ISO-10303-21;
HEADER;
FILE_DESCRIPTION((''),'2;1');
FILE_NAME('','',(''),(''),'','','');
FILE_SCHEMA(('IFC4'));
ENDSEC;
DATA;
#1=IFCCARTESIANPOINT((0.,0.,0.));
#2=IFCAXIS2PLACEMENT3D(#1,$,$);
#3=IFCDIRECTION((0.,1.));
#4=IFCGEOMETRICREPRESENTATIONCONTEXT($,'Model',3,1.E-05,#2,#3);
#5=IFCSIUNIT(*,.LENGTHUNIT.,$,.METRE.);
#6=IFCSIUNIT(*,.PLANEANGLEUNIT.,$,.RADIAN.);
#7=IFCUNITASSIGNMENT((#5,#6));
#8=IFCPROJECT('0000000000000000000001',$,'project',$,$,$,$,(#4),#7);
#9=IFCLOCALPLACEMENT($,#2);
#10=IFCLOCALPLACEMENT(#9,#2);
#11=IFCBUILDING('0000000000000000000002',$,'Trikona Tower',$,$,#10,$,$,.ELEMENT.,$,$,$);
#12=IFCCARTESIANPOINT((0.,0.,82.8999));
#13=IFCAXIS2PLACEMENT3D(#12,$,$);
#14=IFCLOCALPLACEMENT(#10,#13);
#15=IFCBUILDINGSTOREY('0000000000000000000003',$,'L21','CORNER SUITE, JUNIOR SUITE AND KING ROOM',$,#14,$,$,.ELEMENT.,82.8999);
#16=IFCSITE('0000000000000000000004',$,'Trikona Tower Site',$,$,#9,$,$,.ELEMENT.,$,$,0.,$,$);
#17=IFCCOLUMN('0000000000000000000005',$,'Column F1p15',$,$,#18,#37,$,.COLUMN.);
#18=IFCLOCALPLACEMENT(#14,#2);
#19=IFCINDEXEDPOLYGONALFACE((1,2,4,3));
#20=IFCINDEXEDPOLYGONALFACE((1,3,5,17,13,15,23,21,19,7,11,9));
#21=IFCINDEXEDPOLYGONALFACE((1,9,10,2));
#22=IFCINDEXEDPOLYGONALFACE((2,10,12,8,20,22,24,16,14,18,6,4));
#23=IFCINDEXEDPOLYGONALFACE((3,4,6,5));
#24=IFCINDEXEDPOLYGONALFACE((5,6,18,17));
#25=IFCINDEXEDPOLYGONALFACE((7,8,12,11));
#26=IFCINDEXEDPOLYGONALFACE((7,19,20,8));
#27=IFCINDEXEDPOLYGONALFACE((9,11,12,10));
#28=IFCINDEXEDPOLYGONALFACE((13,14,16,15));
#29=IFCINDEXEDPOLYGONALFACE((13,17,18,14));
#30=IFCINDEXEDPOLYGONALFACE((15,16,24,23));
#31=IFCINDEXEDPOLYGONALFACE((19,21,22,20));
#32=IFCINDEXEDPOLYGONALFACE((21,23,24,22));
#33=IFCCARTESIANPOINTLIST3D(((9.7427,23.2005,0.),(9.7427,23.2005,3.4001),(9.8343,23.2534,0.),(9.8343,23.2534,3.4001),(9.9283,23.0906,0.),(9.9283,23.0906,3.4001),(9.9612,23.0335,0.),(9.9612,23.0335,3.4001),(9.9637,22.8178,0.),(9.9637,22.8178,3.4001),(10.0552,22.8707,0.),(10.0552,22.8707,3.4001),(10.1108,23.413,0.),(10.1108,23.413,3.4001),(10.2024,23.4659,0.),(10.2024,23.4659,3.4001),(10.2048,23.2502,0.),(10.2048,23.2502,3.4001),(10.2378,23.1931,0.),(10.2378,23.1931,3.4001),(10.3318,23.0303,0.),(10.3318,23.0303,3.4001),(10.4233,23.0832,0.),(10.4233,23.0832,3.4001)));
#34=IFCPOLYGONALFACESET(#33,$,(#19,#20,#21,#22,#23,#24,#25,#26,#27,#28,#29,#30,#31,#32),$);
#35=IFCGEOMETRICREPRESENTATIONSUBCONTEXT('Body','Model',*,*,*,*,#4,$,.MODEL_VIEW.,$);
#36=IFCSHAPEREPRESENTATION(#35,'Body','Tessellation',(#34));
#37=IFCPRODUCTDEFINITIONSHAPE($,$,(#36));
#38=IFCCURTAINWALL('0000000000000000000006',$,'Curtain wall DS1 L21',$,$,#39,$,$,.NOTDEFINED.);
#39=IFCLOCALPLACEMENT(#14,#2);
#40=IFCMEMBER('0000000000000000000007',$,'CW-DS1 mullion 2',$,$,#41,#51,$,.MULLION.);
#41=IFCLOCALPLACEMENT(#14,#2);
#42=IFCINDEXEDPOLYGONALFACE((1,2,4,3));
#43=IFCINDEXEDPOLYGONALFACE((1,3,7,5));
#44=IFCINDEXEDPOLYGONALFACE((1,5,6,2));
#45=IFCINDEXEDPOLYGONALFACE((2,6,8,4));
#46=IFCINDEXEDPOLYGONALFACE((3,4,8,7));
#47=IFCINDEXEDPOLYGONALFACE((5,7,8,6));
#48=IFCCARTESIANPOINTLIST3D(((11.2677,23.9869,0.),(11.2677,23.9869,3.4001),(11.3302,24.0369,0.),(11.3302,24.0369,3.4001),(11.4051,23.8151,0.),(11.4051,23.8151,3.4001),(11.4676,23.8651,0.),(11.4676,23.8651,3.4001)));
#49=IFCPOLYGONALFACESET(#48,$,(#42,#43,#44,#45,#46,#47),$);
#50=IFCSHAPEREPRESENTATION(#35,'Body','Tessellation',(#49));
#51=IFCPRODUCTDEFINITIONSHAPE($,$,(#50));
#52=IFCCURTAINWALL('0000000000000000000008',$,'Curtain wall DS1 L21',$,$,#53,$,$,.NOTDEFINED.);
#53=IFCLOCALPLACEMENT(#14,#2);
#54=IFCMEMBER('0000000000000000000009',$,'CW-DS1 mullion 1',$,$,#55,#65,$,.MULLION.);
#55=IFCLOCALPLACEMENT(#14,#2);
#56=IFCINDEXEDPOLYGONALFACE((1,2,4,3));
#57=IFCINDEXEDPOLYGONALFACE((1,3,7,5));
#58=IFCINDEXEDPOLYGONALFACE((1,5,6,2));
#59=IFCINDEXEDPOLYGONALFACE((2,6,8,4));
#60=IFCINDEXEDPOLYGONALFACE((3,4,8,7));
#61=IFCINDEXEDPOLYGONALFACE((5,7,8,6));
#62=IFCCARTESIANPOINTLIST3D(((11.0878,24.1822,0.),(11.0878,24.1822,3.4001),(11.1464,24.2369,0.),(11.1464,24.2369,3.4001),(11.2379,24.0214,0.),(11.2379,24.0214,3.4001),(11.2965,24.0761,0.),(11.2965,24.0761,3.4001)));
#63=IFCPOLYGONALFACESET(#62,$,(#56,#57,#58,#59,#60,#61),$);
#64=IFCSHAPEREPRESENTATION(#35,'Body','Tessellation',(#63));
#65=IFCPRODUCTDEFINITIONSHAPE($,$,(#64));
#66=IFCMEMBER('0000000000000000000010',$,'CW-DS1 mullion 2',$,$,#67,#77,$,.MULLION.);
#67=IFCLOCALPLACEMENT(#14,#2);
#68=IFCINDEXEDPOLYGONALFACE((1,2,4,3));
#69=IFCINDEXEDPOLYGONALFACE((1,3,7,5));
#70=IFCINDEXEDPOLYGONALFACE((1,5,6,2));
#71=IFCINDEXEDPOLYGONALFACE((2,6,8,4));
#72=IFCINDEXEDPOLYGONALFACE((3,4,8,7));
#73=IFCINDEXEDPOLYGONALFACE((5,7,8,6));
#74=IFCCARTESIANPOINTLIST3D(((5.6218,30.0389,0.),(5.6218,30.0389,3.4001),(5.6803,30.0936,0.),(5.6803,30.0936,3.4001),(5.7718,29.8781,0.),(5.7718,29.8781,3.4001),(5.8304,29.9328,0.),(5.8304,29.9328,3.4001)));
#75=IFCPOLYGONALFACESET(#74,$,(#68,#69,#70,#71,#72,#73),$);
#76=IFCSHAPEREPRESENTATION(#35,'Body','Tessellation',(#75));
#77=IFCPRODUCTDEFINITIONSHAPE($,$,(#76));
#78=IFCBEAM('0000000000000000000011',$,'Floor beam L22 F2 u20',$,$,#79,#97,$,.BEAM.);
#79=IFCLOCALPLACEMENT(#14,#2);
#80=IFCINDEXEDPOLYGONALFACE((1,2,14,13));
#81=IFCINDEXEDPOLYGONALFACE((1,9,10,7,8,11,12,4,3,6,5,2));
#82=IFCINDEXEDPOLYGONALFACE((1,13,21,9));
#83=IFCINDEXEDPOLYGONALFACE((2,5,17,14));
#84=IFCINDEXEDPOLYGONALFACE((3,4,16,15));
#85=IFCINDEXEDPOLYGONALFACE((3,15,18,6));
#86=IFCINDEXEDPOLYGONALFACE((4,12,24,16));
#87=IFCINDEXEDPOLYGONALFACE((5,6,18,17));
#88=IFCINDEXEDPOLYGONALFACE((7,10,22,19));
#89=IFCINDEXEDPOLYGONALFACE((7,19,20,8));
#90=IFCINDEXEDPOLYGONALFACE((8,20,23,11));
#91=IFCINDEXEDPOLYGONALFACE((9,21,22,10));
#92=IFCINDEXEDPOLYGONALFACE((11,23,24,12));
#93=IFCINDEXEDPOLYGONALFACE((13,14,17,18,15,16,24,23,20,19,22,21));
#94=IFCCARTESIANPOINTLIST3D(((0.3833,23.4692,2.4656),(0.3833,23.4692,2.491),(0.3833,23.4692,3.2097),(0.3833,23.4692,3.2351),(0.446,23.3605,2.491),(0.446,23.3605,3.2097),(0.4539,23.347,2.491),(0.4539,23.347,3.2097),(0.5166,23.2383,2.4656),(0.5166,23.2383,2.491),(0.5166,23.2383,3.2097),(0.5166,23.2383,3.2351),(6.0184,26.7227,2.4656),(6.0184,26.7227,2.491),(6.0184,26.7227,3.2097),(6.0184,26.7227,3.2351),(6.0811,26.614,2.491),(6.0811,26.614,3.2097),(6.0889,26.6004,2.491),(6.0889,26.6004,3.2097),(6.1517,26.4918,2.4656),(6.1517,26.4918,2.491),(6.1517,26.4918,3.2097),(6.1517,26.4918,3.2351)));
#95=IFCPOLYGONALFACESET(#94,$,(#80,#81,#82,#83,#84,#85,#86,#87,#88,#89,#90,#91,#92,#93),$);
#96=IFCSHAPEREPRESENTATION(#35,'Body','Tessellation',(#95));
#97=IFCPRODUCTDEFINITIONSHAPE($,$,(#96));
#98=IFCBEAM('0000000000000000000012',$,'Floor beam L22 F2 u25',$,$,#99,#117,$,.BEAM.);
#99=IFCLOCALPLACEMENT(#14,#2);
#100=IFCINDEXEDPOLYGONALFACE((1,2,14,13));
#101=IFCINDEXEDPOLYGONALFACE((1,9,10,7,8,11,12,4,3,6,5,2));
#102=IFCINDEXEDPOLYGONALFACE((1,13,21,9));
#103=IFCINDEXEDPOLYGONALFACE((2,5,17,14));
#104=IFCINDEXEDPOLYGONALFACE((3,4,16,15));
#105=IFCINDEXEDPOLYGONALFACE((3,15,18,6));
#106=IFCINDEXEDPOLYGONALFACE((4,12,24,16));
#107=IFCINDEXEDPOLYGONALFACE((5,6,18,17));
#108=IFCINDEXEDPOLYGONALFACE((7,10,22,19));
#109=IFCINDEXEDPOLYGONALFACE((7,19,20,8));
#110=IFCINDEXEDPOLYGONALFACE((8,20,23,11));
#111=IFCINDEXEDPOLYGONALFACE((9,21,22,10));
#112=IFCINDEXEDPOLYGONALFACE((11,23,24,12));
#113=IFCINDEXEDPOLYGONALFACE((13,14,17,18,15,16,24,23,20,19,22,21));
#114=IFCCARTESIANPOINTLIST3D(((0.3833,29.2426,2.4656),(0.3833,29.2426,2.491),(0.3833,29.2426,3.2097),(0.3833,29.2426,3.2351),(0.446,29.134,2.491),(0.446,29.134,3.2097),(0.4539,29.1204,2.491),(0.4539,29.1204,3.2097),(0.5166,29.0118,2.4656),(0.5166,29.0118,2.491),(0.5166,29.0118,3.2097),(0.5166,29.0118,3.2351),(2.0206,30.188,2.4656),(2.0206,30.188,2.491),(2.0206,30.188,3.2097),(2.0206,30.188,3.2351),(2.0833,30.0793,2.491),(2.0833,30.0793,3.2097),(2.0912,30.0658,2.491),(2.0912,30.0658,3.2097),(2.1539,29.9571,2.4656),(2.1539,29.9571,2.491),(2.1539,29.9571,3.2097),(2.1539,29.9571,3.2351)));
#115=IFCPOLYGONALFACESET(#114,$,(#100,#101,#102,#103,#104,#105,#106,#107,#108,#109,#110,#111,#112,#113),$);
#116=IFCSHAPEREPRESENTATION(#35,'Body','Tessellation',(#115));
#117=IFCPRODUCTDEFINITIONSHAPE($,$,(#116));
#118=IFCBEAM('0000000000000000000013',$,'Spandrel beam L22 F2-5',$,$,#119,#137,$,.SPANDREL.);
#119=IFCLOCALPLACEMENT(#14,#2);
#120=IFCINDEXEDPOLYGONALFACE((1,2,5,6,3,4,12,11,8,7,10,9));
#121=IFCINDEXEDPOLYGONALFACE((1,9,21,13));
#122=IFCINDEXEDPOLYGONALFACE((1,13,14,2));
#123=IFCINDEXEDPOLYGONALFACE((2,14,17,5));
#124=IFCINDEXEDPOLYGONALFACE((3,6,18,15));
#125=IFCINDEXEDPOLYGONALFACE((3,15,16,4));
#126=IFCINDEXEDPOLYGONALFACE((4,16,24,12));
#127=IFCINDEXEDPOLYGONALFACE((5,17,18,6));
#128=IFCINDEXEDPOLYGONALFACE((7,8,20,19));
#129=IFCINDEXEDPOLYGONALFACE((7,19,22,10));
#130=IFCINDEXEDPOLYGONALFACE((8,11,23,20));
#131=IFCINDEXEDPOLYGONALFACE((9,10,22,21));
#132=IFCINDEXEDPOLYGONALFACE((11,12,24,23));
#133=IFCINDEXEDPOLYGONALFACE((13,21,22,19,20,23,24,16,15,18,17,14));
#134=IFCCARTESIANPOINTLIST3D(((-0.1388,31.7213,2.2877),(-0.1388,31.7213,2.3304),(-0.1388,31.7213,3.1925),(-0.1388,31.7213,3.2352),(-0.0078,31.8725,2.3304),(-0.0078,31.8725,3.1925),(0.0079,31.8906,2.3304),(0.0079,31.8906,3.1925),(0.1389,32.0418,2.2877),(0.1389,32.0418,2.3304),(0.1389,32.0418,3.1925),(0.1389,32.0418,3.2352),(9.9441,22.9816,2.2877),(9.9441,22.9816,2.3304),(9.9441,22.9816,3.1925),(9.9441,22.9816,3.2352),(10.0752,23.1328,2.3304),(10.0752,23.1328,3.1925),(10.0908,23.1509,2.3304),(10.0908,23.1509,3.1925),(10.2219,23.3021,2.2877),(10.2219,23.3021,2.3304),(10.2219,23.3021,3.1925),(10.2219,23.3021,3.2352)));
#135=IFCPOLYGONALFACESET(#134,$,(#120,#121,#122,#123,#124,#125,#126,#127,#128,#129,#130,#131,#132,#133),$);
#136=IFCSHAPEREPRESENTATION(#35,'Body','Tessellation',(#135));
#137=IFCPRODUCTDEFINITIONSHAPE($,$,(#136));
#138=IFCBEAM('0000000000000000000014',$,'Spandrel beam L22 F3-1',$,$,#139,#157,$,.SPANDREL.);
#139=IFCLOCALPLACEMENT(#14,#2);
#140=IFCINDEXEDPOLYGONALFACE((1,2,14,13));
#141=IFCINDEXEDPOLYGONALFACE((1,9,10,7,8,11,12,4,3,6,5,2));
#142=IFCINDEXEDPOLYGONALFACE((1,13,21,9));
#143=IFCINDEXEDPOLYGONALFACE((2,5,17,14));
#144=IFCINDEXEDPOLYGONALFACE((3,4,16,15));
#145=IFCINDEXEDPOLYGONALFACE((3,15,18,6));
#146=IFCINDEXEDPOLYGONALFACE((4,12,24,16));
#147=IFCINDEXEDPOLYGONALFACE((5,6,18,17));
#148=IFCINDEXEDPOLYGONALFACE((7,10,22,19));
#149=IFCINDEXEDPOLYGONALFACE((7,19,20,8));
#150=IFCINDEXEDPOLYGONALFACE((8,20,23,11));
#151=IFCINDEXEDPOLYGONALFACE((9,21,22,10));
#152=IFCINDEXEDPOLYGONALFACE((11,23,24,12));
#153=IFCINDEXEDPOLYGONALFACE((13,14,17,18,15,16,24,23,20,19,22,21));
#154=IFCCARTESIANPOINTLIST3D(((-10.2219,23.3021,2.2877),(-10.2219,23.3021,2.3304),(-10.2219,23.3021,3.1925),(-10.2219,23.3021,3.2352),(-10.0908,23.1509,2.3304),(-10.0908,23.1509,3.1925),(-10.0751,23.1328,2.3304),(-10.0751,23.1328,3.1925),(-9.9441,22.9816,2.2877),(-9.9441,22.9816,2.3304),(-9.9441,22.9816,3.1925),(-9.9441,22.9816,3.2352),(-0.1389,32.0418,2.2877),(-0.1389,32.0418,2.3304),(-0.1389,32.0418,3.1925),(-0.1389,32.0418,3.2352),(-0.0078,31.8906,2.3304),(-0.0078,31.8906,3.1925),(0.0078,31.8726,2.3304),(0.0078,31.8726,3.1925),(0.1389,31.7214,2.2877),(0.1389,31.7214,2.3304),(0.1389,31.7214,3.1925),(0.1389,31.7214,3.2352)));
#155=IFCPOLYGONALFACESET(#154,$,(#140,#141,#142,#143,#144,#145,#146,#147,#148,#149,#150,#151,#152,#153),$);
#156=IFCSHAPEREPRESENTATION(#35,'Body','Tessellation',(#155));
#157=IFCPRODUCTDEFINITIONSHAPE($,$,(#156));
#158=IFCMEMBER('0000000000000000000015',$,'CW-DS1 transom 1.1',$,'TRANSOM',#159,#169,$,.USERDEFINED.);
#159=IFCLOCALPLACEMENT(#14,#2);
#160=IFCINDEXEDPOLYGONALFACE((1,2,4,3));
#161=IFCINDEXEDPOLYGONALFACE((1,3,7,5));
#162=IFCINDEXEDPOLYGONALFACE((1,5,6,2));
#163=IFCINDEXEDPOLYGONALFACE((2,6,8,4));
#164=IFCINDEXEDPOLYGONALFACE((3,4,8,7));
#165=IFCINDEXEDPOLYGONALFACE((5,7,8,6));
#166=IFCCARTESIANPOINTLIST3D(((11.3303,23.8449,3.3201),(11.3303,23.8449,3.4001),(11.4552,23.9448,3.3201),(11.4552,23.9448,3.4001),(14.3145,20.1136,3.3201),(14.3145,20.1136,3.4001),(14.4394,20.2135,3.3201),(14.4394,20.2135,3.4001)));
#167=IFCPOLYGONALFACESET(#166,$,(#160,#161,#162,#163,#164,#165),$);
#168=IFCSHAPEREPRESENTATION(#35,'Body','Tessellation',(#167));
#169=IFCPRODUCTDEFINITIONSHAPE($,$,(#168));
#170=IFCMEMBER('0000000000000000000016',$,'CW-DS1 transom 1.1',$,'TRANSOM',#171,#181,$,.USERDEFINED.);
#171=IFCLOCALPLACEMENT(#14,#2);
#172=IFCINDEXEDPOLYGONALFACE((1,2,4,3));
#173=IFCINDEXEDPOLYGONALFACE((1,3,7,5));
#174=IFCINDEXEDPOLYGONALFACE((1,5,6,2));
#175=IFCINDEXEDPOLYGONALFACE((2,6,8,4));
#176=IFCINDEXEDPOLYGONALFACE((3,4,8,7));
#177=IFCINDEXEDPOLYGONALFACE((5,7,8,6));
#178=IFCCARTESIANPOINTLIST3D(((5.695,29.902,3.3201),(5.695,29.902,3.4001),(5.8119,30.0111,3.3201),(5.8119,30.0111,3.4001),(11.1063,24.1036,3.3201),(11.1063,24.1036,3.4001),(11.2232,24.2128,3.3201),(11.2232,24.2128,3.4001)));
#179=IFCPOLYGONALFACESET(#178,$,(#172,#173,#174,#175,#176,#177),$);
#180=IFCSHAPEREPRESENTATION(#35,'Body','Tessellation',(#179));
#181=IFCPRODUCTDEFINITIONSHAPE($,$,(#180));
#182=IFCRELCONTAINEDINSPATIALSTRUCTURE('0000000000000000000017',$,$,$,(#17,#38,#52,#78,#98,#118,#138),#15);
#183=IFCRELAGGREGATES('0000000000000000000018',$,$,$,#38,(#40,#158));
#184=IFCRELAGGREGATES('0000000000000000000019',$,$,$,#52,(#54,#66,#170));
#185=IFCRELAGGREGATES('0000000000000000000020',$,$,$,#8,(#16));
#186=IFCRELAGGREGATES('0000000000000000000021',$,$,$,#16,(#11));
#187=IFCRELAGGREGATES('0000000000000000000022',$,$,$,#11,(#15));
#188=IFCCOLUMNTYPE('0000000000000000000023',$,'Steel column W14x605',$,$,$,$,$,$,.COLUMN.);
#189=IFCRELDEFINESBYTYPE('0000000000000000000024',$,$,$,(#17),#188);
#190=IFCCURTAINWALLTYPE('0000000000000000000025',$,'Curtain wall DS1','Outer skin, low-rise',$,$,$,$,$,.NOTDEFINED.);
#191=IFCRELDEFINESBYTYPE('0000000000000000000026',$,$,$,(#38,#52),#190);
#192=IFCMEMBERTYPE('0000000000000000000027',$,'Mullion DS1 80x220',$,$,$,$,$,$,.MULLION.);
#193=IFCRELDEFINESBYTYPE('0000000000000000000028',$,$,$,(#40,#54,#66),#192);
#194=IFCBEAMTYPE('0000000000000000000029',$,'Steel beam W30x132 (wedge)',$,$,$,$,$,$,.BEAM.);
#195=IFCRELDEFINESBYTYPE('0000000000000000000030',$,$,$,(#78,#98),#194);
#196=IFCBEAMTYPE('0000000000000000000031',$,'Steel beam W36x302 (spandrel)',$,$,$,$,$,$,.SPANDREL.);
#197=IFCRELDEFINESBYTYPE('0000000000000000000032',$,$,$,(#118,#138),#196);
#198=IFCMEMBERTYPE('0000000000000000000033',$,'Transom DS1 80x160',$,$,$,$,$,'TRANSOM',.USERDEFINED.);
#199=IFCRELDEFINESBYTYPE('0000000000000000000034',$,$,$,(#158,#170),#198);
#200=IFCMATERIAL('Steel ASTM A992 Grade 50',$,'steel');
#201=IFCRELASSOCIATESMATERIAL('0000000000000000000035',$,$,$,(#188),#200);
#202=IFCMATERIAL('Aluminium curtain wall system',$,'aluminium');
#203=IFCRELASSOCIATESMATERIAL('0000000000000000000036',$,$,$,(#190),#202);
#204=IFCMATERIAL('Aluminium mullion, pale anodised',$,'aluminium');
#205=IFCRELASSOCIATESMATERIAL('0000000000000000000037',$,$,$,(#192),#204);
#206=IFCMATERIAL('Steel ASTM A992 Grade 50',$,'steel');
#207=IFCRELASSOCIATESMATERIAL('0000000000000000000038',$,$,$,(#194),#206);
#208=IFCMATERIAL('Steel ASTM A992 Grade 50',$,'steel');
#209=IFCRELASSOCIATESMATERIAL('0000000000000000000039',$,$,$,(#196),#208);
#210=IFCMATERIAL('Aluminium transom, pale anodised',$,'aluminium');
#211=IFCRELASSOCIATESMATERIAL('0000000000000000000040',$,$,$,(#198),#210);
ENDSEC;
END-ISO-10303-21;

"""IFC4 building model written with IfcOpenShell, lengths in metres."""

from ifc_helpers import new_model, si_unit, direction, frame, origin, origin_2d, place, context, subcontext, project, spatial, rectangle, i_section, extrude, material, material_profile, profile_set, type_object, element, aggregate, save


model = new_model("IFC4")

# Units and contexts
model_context = context("Model", 3, precision=1e-05, world=origin(), true_north=direction((0.0, 1.0)))
body_context = subcontext(model_context, "Body", "Model", "MODEL_VIEW")
ifc_project = project(units=[si_unit("LENGTHUNIT", "METRE"), si_unit("PLANEANGLEUNIT", "RADIAN")], contexts=[model_context])

# Site, building, storey
site_placement = place(None, origin())
site = spatial("IfcSite", under=ifc_project, at=site_placement, Name="Trikona Tower Site", CompositionType="ELEMENT", RefElevation=0.0)
building_placement = place(site_placement, origin())
building = spatial("IfcBuilding", under=site, at=building_placement, Name="Trikona Tower", CompositionType="ELEMENT")
storey_placement = place(building_placement, frame((0.0, 0.0, 82.8999)))
storey = spatial("IfcBuildingStorey", under=building, at=storey_placement, Name="L21", Description="CORNER SUITE, JUNIOR SUITE AND KING ROOM", CompositionType="ELEMENT", Elevation=82.8999)

# Column
ifc_material_1 = material(Name="Steel ASTM A992 Grade 50", Category="steel")
ifc_material_profile_1 = material_profile(ifc_material_1, i_section(OverallWidth=0.4419, OverallDepth=0.5308, WebThickness=0.0659, FlangeThickness=0.1057, at=origin_2d()), Name="W14X605")
ifc_profile_set_1 = profile_set([ifc_material_profile_1], Name="Steel ASTM A992 Grade 50")
column_type = type_object("IfcColumnType", Name="Steel column W14x605", PredefinedType="COLUMN", material=ifc_profile_set_1)
column_placement = place(storey_placement, frame((10.083, 23.1418, 0.0), z_axis=(0.0, 0.0, 1.0), x_axis=(-0.5, 0.866025, 0.0)))
element("IfcColumn", 1, at=column_placement, inside=storey, type_object=column_type, Name="Column F1p15", PredefinedType="COLUMN", context=body_context, shape_type="SweptSolid", body=[
    extrude(i_section(OverallWidth=0.4419, OverallDepth=0.5308, WebThickness=0.0659, FlangeThickness=0.1057, at=origin_2d()), origin(), (0.0, 0.0, 1.0), 3.4001),
])

# Curtain wall, member
ifc_material_2 = material(Name="Aluminium curtain wall system", Category="aluminium")
curtain_wall_type = type_object("IfcCurtainWallType", Name="Curtain wall DS1", Description="Outer skin, low-rise", PredefinedType="NOTDEFINED", material=ifc_material_2)
curtain_wall_1_placement = place(storey_placement, origin())
curtain_wall_1 = element("IfcCurtainWall", 2, at=curtain_wall_1_placement, inside=storey, type_object=curtain_wall_type, Name="Curtain wall DS1 L21", PredefinedType="NOTDEFINED")
ifc_material_3 = material(Name="Aluminium mullion, pale anodised", Category="aluminium")
ifc_material_profile_2 = material_profile(ifc_material_3, rectangle(XDim=0.0801, YDim=0.22, at=origin_2d()), Name="MUL-DS1")
ifc_profile_set_2 = profile_set([ifc_material_profile_2], Name="Aluminium mullion, pale anodised")
member_type_1 = type_object("IfcMemberType", Name="Mullion DS1 80x220", PredefinedType="MULLION", material=ifc_profile_set_2)
member_1_placement = place(storey_placement, frame((11.3677, 23.926, 0.0), z_axis=(0.0, 0.0, 1.0), x_axis=(-0.780938, -0.624609, 0.0)))
member_1 = element("IfcMember", 3, at=member_1_placement, type_object=member_type_1, Name="CW-DS1 mullion 2", PredefinedType="MULLION", context=body_context, shape_type="SweptSolid", body=[
    extrude(rectangle(XDim=0.0801, YDim=0.22, at=origin_2d()), origin(), (0.0, 0.0, 1.0), 3.4001),
])

# Curtain wall, members
curtain_wall_2_placement = place(storey_placement, origin())
curtain_wall_2 = element("IfcCurtainWall", 4, at=curtain_wall_2_placement, inside=storey, type_object=curtain_wall_type, Name="Curtain wall DS1 L21", PredefinedType="NOTDEFINED")
member_2_placement = place(storey_placement, frame((11.1921, 24.1292, 0.0), z_axis=(0.0, 0.0, 1.0), x_axis=(-0.731077, -0.682295, 0.0)))
member_2 = element("IfcMember", 5, at=member_2_placement, type_object=member_type_1, Name="CW-DS1 mullion 1", PredefinedType="MULLION", context=body_context, shape_type="SweptSolid", body=[
    extrude(rectangle(XDim=0.0801, YDim=0.22, at=origin_2d()), origin(), (0.0, 0.0, 1.0), 3.4001),
])
member_3_placement = place(storey_placement, frame((5.7261, 29.9858, 0.0), z_axis=(0.0, 0.0, 1.0), x_axis=(-0.731077, -0.682295, 0.0)))
member_3 = element("IfcMember", 6, at=member_3_placement, type_object=member_type_1, Name="CW-DS1 mullion 2", PredefinedType="MULLION", context=body_context, shape_type="SweptSolid", body=[
    extrude(rectangle(XDim=0.0801, YDim=0.22, at=origin_2d()), origin(), (0.0, 0.0, 1.0), 3.4001),
])

# Beams
ifc_material_4 = material(Name="Steel ASTM A992 Grade 50", Category="steel")
ifc_material_profile_3 = material_profile(ifc_material_4, i_section(OverallWidth=0.2666, OverallDepth=0.7695, WebThickness=0.0156, FlangeThickness=0.0254, at=origin_2d()), Name="W30X132")
ifc_profile_set_3 = profile_set([ifc_material_profile_3], Name="Steel ASTM A992 Grade 50")
beam_type_1 = type_object("IfcBeamType", Name="Steel beam W30x132 (wedge)", PredefinedType="BEAM", material=ifc_profile_set_3)
beam_1_placement = place(storey_placement, frame((0.45, 23.3538, 2.8503), z_axis=(0.866023, 0.500005, 0.0), x_axis=(-0.500005, 0.866023, 0.0)))
element("IfcBeam", 7, at=beam_1_placement, inside=storey, type_object=beam_type_1, Name="Floor beam L22 F2 u20", PredefinedType="BEAM", context=body_context, shape_type="SweptSolid", body=[
    extrude(i_section(OverallWidth=0.2666, OverallDepth=0.7695, WebThickness=0.0156, FlangeThickness=0.0254, at=origin_2d()), origin(), (0.0, 0.0, 1.0), 6.5068),
])
beam_2_placement = place(storey_placement, frame((0.45, 29.1272, 2.8503), z_axis=(0.866009, 0.500028, 0.0), x_axis=(-0.500028, 0.866009, 0.0)))
element("IfcBeam", 8, at=beam_2_placement, inside=storey, type_object=beam_type_1, Name="Floor beam L22 F2 u25", PredefinedType="BEAM", context=body_context, shape_type="SweptSolid", body=[
    extrude(i_section(OverallWidth=0.2666, OverallDepth=0.7695, WebThickness=0.0156, FlangeThickness=0.0254, at=origin_2d()), origin(), (0.0, 0.0, 1.0), 1.8906),
])
ifc_material_5 = material(Name="Steel ASTM A992 Grade 50", Category="steel")
ifc_material_profile_4 = material_profile(ifc_material_5, i_section(OverallWidth=0.4241, OverallDepth=0.9475, WebThickness=0.0239, FlangeThickness=0.0427, at=origin_2d()), Name="W36X302")
ifc_profile_set_4 = profile_set([ifc_material_profile_4], Name="Steel ASTM A992 Grade 50")
beam_type_2 = type_object("IfcBeamType", Name="Steel beam W36x302 (spandrel)", PredefinedType="SPANDREL", material=ifc_profile_set_4)
for number, where, z_axis, x_axis, name in (
    (9, (10.083, 23.1418, 2.7615), (-0.755647, 0.654979, 0.0), (-0.654979, -0.755647, 0.0), "Spandrel beam L22 F2-5"),
    (10, (0.0, 31.8816, 2.7615), (-0.755647, -0.654979, 0.0), (0.654979, -0.755647, 0.0), "Spandrel beam L22 F3-1"),
):
    element("IfcBeam", number, at=place(storey_placement, frame(where, z_axis=z_axis, x_axis=x_axis)), inside=storey, type_object=beam_type_2, Name=name, PredefinedType="SPANDREL", context=body_context, shape_type="SweptSolid", body=[
        extrude(i_section(OverallWidth=0.4241, OverallDepth=0.9475, WebThickness=0.0239, FlangeThickness=0.0427, at=origin_2d()), origin(), (0.0, 0.0, 1.0), 13.3435),
    ])

# Members
ifc_material_6 = material(Name="Aluminium transom, pale anodised", Category="aluminium")
ifc_material_profile_5 = material_profile(ifc_material_6, rectangle(XDim=0.1599, YDim=0.0801, at=origin_2d()), Name="TRN-DS1")
ifc_profile_set_5 = profile_set([ifc_material_profile_5], Name="Aluminium transom, pale anodised")
member_type_2 = type_object("IfcMemberType", Name="Transom DS1 80x160", ElementType="TRANSOM", PredefinedType="USERDEFINED", material=ifc_profile_set_5)
member_4_placement = place(storey_placement, frame((14.377, 20.1636, 3.3601), z_axis=(-0.624589, 0.780954, 0.0), x_axis=(-0.780954, -0.624589, 0.0)))
member_4 = element("IfcMember", 11, at=member_4_placement, type_object=member_type_2, Name="CW-DS1 transom 1.1", ObjectType="TRANSOM", PredefinedType="USERDEFINED", context=body_context, shape_type="SweptSolid", body=[
    extrude(rectangle(XDim=0.1599, YDim=0.0801, at=origin_2d()), origin(), (0.0, 0.0, 1.0), 4.7778),
])
member_5_placement = place(storey_placement, frame((11.1648, 24.1582, 3.3601), z_axis=(-0.682291, 0.731081, 0.0), x_axis=(-0.731081, -0.682291, 0.0)))
member_5 = element("IfcMember", 12, at=member_5_placement, type_object=member_type_2, Name="CW-DS1 transom 1.1", ObjectType="TRANSOM", PredefinedType="USERDEFINED", context=body_context, shape_type="SweptSolid", body=[
    extrude(rectangle(XDim=0.1599, YDim=0.0801, at=origin_2d()), origin(), (0.0, 0.0, 1.0), 7.9312),
])

aggregate(curtain_wall_1, [member_1, member_4])
aggregate(curtain_wall_2, [member_2, member_3, member_5])

save(model, "model.ifc")
